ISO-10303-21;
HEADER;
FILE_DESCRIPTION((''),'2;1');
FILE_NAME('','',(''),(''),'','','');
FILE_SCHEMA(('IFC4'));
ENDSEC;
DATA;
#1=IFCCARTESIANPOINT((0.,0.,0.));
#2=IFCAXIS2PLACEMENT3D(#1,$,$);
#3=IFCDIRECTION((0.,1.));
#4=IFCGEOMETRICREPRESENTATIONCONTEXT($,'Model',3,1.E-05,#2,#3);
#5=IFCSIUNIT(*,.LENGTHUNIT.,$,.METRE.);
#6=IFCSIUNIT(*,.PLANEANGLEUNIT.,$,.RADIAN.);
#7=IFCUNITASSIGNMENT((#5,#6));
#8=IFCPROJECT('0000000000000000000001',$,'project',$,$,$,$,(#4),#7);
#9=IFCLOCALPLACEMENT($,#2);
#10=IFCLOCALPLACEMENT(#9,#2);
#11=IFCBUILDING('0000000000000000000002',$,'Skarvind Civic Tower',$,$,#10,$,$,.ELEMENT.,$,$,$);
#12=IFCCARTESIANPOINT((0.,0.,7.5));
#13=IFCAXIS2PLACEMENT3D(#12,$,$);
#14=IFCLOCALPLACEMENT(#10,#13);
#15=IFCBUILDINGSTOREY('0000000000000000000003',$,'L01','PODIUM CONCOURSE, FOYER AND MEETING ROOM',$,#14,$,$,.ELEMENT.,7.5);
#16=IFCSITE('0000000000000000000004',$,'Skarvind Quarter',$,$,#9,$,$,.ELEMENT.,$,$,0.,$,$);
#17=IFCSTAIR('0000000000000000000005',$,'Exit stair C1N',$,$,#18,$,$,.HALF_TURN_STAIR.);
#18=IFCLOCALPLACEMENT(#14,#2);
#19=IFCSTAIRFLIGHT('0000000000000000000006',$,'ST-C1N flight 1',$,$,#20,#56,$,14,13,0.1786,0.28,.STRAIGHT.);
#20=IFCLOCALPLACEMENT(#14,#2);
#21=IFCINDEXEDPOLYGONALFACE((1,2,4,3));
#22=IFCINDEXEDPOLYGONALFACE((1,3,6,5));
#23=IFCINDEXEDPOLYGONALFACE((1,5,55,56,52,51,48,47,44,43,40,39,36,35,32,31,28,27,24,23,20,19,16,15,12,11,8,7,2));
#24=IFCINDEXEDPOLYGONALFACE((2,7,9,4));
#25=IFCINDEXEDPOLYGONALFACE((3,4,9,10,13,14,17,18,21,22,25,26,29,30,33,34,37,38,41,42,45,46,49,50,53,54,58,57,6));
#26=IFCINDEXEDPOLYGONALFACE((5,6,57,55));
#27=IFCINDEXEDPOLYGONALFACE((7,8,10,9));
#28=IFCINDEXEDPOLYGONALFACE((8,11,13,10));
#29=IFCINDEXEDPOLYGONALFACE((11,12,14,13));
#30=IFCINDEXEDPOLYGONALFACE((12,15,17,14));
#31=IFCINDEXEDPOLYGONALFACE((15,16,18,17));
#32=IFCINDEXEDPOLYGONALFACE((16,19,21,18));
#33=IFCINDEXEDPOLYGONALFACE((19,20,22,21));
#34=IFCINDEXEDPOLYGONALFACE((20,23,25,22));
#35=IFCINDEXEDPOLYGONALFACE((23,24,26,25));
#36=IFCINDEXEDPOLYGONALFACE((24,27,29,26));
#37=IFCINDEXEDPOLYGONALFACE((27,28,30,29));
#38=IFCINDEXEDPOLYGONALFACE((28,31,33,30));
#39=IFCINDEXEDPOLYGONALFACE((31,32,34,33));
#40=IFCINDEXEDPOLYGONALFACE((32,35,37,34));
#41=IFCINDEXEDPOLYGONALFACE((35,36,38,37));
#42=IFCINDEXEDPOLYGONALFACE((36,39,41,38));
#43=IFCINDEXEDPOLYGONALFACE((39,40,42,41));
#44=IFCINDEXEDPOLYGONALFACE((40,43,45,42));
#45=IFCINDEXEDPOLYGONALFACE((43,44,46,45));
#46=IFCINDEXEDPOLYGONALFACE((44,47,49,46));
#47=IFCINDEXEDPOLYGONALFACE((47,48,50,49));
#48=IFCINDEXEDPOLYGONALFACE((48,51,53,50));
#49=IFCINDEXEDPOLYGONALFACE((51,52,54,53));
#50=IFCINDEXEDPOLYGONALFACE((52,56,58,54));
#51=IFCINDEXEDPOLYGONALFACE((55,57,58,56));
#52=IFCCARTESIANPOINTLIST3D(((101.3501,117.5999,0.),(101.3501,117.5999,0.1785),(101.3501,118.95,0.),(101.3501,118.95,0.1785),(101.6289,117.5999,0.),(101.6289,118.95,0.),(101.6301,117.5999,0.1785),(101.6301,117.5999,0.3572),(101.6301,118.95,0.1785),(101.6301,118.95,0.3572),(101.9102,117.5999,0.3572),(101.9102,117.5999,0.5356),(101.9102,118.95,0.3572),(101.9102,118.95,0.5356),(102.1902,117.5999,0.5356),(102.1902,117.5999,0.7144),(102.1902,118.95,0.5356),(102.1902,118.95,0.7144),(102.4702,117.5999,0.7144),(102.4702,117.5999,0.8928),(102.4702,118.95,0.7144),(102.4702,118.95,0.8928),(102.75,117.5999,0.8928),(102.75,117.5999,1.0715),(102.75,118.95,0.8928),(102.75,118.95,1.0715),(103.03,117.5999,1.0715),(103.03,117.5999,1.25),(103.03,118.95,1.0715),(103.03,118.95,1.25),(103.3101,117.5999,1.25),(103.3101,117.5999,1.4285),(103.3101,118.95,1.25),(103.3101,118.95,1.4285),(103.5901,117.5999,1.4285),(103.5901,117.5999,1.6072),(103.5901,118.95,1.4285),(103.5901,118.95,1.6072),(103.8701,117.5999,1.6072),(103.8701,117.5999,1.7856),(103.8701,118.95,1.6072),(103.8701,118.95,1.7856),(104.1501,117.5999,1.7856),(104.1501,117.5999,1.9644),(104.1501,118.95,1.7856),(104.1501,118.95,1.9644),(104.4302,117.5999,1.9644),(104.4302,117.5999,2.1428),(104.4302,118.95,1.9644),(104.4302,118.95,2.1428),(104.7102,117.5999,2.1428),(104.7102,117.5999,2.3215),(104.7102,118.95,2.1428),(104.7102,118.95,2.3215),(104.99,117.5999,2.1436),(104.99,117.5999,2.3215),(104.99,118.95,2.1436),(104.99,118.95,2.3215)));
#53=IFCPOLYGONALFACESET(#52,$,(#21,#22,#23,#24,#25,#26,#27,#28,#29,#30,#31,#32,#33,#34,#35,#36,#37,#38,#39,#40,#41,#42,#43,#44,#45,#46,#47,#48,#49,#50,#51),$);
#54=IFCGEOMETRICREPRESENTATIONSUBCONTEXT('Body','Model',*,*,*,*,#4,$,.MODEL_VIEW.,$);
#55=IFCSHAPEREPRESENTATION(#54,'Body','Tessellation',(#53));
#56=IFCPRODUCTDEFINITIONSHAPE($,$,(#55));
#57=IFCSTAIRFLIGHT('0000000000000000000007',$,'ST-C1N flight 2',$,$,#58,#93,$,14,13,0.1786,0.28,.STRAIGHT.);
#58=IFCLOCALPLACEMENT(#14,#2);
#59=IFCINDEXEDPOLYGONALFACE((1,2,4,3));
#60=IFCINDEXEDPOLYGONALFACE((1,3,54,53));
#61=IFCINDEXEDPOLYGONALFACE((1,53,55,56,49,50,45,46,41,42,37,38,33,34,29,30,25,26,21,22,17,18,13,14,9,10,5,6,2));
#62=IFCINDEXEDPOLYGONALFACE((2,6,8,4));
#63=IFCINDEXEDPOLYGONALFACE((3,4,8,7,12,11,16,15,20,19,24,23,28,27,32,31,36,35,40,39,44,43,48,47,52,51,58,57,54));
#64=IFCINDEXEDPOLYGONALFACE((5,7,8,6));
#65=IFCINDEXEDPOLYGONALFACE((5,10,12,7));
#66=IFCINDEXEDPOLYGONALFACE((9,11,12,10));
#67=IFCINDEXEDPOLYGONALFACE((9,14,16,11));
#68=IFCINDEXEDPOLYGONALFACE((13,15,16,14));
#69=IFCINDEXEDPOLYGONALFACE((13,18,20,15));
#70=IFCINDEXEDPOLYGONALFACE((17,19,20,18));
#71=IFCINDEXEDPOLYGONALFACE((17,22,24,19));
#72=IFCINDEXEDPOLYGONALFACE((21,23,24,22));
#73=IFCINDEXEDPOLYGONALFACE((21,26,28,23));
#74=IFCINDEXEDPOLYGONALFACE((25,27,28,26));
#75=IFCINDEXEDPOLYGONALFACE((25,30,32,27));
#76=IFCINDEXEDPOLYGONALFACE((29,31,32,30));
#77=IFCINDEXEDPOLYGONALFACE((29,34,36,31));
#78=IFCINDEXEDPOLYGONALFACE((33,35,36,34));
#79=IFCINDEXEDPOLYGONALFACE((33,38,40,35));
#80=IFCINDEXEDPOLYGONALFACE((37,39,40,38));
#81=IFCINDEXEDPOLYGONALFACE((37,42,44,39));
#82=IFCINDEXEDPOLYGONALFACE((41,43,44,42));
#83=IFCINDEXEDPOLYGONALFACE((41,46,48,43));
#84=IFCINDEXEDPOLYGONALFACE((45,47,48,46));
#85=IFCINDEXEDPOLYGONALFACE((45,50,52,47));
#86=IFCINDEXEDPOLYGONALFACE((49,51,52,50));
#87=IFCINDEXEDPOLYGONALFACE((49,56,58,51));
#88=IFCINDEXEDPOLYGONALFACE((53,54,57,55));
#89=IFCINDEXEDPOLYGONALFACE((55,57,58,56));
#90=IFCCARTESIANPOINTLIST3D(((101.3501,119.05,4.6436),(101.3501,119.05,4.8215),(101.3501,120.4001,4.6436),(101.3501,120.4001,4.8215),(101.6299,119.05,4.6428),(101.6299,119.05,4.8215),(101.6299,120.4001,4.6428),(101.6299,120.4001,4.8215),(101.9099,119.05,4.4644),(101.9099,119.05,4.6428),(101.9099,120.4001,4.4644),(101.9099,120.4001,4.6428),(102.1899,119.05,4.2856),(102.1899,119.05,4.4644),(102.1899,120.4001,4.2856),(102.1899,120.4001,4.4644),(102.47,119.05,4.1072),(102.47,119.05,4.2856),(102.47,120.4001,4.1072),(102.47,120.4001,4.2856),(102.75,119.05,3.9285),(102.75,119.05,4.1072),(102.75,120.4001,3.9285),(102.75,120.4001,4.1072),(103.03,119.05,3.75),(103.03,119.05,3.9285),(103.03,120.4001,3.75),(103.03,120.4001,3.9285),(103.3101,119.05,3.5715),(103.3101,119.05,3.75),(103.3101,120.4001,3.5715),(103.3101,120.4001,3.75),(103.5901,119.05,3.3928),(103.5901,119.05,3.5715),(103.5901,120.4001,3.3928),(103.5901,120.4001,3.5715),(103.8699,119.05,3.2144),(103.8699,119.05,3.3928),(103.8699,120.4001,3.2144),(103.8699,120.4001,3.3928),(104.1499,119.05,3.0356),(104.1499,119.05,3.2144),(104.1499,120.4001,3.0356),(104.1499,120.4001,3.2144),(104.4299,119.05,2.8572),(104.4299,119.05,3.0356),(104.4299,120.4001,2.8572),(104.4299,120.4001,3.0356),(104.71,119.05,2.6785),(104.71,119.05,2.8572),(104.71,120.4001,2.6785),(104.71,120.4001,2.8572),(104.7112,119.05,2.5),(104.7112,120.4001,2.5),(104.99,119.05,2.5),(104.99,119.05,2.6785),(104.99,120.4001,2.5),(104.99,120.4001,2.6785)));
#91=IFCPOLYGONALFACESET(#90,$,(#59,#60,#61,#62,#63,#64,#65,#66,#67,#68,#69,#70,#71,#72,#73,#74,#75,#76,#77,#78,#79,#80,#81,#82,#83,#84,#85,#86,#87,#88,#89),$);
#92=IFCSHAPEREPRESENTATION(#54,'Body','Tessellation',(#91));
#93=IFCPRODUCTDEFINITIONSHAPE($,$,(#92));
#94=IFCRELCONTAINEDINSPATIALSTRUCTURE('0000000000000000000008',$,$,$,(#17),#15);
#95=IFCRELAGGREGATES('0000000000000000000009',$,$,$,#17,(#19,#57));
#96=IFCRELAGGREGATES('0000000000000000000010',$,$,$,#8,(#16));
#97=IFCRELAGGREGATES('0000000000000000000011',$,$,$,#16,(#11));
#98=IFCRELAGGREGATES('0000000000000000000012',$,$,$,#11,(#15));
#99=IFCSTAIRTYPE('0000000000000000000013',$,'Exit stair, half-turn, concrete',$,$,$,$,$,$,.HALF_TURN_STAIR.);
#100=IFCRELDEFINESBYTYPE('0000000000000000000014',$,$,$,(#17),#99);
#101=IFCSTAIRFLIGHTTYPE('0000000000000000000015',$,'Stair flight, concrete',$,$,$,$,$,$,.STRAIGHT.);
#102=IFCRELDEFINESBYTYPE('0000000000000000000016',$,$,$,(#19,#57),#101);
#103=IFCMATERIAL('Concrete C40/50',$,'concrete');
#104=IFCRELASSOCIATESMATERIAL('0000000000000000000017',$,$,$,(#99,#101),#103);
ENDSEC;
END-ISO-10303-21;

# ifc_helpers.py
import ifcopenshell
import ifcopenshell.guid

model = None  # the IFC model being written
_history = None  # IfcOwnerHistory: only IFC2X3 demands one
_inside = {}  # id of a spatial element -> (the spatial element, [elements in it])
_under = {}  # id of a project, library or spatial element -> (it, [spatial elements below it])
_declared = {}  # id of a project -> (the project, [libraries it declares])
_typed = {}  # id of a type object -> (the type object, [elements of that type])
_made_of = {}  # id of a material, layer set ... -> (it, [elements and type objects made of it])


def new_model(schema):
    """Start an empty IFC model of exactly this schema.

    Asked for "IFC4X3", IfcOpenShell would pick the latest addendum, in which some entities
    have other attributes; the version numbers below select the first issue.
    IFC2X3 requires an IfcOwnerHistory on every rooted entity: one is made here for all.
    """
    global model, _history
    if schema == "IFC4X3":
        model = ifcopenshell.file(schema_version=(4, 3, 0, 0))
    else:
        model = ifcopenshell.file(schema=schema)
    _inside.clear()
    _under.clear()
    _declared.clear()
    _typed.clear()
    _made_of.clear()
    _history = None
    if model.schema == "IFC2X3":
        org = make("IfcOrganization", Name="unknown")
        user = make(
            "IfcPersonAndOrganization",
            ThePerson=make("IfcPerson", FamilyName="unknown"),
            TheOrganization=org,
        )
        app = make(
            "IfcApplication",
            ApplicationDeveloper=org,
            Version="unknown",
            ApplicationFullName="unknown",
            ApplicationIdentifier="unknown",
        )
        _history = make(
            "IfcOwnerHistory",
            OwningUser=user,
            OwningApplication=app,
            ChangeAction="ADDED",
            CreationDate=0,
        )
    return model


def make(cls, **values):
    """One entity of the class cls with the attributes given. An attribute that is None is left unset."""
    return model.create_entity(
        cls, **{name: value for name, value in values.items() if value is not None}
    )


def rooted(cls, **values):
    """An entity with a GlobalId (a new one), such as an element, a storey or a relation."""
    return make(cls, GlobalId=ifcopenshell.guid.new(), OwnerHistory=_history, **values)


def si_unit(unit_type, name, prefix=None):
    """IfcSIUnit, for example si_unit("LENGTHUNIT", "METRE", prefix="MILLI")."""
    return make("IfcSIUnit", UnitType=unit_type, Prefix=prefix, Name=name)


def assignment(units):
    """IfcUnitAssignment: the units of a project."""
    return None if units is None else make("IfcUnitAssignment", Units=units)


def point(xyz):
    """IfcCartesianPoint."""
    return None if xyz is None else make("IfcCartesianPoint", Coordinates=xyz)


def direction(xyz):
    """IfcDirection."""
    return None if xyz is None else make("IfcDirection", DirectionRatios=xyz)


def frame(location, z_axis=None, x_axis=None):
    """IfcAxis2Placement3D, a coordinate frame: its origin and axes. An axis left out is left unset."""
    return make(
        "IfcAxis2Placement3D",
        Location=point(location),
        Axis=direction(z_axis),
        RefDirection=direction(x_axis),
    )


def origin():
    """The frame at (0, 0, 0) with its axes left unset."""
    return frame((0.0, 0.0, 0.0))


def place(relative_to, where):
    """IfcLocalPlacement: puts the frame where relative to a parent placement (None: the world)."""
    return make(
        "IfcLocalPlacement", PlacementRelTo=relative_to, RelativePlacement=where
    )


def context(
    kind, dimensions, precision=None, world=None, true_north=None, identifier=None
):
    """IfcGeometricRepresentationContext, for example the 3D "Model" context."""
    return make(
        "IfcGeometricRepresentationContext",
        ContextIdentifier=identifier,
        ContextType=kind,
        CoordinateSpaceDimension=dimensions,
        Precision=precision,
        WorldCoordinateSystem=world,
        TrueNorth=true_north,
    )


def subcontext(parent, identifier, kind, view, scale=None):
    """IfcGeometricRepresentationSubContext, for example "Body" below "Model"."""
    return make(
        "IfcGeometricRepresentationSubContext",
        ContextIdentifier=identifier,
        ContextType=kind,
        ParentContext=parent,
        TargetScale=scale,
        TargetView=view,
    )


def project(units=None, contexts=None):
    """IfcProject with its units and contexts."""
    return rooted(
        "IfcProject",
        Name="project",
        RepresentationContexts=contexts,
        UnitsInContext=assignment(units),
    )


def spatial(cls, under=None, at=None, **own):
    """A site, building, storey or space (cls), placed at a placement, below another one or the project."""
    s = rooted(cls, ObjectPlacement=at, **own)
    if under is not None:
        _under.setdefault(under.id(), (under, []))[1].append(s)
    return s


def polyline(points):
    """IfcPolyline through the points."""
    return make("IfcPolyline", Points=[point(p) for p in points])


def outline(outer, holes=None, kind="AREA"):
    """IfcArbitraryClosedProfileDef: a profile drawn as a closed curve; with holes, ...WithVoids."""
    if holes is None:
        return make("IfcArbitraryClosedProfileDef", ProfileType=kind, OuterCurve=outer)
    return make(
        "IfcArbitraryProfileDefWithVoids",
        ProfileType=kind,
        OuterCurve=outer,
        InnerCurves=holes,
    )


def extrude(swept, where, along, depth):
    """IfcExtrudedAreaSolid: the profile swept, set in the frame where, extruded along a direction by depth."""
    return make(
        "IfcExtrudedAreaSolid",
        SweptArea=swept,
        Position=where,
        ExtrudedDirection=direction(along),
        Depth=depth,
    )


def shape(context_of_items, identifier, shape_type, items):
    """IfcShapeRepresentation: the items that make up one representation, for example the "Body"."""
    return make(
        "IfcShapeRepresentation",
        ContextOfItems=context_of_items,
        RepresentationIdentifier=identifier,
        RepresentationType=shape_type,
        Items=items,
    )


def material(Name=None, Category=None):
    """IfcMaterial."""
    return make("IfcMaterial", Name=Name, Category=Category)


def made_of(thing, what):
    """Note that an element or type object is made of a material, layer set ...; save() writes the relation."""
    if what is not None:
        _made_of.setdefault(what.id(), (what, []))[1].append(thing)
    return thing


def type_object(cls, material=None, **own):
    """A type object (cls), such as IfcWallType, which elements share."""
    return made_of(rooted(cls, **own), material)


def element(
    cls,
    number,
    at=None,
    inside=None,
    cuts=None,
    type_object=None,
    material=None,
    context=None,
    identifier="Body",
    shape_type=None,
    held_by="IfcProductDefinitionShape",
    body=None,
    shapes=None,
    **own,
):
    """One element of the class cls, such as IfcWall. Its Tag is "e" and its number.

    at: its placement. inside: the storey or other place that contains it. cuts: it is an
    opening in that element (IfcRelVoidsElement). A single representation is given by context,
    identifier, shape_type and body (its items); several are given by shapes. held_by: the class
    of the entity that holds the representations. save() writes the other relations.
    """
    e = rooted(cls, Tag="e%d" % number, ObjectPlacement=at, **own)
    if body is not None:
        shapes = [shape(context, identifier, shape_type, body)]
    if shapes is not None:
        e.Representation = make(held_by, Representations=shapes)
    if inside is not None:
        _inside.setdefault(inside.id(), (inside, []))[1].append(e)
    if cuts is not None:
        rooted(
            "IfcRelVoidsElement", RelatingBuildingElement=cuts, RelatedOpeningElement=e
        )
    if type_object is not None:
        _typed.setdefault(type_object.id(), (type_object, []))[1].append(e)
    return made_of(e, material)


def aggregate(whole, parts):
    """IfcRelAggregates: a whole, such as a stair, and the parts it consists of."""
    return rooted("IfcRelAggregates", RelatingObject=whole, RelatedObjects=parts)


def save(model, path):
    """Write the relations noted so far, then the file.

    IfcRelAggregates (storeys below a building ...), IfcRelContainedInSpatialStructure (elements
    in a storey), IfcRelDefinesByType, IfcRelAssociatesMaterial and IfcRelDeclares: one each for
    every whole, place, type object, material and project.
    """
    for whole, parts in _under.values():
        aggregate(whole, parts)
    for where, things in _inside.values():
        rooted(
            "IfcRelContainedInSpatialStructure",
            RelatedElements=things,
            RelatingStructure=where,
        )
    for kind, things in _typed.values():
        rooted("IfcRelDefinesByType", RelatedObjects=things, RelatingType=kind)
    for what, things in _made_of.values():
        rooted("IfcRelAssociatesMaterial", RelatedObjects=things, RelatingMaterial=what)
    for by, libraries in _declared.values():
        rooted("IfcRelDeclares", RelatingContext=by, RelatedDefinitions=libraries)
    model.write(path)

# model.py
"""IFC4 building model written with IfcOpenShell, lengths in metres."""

from ifc_helpers import new_model, si_unit, direction, frame, origin, place, context, subcontext, project, spatial, polyline, outline, extrude, material, type_object, element, aggregate, save


model = new_model("IFC4")

# Units and contexts
model_context = context("Model", 3, precision=1e-05, world=origin(), true_north=direction((0.0, 1.0)))
body_context = subcontext(model_context, "Body", "Model", "MODEL_VIEW")
ifc_project = project(units=[si_unit("LENGTHUNIT", "METRE"), si_unit("PLANEANGLEUNIT", "RADIAN")], contexts=[model_context])

# Site, building, storey
site_placement = place(None, origin())
site = spatial("IfcSite", under=ifc_project, at=site_placement, Name="Skarvind Quarter", CompositionType="ELEMENT", RefElevation=0.0)
building_placement = place(site_placement, origin())
building = spatial("IfcBuilding", under=site, at=building_placement, Name="Skarvind Civic Tower", CompositionType="ELEMENT")
storey_placement = place(building_placement, frame((0.0, 0.0, 7.5)))
storey = spatial("IfcBuildingStorey", under=building, at=storey_placement, Name="L01", Description="PODIUM CONCOURSE, FOYER AND MEETING ROOM", CompositionType="ELEMENT", Elevation=7.5)

# Stair, stair flights
ifc_material_1 = material(Name="Concrete C40/50", Category="concrete")
stair_type = type_object("IfcStairType", Name="Exit stair, half-turn, concrete", PredefinedType="HALF_TURN_STAIR", material=ifc_material_1)
stair_placement = place(storey_placement, origin())
stair = element("IfcStair", 1, at=stair_placement, inside=storey, type_object=stair_type, Name="Exit stair C1N", PredefinedType="HALF_TURN_STAIR")
stair_flight_type = type_object("IfcStairFlightType", Name="Stair flight, concrete", PredefinedType="STRAIGHT", material=ifc_material_1)
stair_flight_1_placement = place(storey_placement, frame((101.3501, 118.2749, 0.0), z_axis=(0.0, 0.0, 1.0), x_axis=(1.0, 0.0, 0.0)))
stair_flight_1 = element("IfcStairFlight", 2, at=stair_flight_1_placement, type_object=stair_flight_type, Name="ST-C1N flight 1", NumberOfRisers=14, NumberOfTreads=13, PredefinedType="STRAIGHT", RiserHeight=0.1786, TreadLength=0.28, context=body_context, shape_type="SweptSolid", body=[
    extrude(outline(polyline([(0.0, 0.0), (0.0, 0.1785), (0.28, 0.1785), (0.28, 0.3572), (0.5601, 0.3572), (0.5601, 0.5356), (0.8401, 0.5356), (0.8401, 0.7144), (1.1201, 0.7144), (1.1201, 0.8928), (1.3999, 0.8928), (1.3999, 1.0715), (1.6799, 1.0715), (1.6799, 1.25), (1.96, 1.25), (1.96, 1.4285), (2.24, 1.4285), (2.24, 1.6072), (2.52, 1.6072), (2.52, 1.7856), (2.8, 1.7856), (2.8, 1.9644), (3.0801, 1.9644), (3.0801, 2.1428), (3.3601, 2.1428), (3.3601, 2.3215), (3.6399, 2.3215), (3.6399, 2.5), (3.6399, 2.1436), (0.2788, 0.0), (0.0, 0.0)])), frame((0.0, 0.675, 0.0), z_axis=(0.0, -1.0, 0.0), x_axis=(1.0, 0.0, 0.0)), (0.0, 0.0, 1.0), 1.3501),
])
stair_flight_2_placement = place(storey_placement, frame((104.99, 119.7251, 2.5), z_axis=(0.0, 0.0, 1.0), x_axis=(-1.0, 0.0, 0.0)))
stair_flight_2 = element("IfcStairFlight", 3, at=stair_flight_2_placement, type_object=stair_flight_type, Name="ST-C1N flight 2", NumberOfRisers=14, NumberOfTreads=13, PredefinedType="STRAIGHT", RiserHeight=0.1786, TreadLength=0.28, context=body_context, shape_type="SweptSolid", body=[
    extrude(outline(polyline([(0.0, 0.0), (0.0, 0.1785), (0.28, 0.1785), (0.28, 0.3572), (0.5601, 0.3572), (0.5601, 0.5356), (0.8401, 0.5356), (0.8401, 0.7144), (1.1201, 0.7144), (1.1201, 0.8928), (1.3999, 0.8928), (1.3999, 1.0715), (1.6799, 1.0715), (1.6799, 1.25), (1.96, 1.25), (1.96, 1.4285), (2.24, 1.4285), (2.24, 1.6072), (2.52, 1.6072), (2.52, 1.7856), (2.8, 1.7856), (2.8, 1.9644), (3.0801, 1.9644), (3.0801, 2.1428), (3.3601, 2.1428), (3.3601, 2.3215), (3.6399, 2.3215), (3.6399, 2.5), (3.6399, 2.1436), (0.2788, 0.0), (0.0, 0.0)])), frame((0.0, 0.675, 0.0), z_axis=(0.0, -1.0, 0.0), x_axis=(1.0, 0.0, 0.0)), (0.0, 0.0, 1.0), 1.3501),
])
aggregate(stair, [stair_flight_1, stair_flight_2])

save(model, "model.ifc")
